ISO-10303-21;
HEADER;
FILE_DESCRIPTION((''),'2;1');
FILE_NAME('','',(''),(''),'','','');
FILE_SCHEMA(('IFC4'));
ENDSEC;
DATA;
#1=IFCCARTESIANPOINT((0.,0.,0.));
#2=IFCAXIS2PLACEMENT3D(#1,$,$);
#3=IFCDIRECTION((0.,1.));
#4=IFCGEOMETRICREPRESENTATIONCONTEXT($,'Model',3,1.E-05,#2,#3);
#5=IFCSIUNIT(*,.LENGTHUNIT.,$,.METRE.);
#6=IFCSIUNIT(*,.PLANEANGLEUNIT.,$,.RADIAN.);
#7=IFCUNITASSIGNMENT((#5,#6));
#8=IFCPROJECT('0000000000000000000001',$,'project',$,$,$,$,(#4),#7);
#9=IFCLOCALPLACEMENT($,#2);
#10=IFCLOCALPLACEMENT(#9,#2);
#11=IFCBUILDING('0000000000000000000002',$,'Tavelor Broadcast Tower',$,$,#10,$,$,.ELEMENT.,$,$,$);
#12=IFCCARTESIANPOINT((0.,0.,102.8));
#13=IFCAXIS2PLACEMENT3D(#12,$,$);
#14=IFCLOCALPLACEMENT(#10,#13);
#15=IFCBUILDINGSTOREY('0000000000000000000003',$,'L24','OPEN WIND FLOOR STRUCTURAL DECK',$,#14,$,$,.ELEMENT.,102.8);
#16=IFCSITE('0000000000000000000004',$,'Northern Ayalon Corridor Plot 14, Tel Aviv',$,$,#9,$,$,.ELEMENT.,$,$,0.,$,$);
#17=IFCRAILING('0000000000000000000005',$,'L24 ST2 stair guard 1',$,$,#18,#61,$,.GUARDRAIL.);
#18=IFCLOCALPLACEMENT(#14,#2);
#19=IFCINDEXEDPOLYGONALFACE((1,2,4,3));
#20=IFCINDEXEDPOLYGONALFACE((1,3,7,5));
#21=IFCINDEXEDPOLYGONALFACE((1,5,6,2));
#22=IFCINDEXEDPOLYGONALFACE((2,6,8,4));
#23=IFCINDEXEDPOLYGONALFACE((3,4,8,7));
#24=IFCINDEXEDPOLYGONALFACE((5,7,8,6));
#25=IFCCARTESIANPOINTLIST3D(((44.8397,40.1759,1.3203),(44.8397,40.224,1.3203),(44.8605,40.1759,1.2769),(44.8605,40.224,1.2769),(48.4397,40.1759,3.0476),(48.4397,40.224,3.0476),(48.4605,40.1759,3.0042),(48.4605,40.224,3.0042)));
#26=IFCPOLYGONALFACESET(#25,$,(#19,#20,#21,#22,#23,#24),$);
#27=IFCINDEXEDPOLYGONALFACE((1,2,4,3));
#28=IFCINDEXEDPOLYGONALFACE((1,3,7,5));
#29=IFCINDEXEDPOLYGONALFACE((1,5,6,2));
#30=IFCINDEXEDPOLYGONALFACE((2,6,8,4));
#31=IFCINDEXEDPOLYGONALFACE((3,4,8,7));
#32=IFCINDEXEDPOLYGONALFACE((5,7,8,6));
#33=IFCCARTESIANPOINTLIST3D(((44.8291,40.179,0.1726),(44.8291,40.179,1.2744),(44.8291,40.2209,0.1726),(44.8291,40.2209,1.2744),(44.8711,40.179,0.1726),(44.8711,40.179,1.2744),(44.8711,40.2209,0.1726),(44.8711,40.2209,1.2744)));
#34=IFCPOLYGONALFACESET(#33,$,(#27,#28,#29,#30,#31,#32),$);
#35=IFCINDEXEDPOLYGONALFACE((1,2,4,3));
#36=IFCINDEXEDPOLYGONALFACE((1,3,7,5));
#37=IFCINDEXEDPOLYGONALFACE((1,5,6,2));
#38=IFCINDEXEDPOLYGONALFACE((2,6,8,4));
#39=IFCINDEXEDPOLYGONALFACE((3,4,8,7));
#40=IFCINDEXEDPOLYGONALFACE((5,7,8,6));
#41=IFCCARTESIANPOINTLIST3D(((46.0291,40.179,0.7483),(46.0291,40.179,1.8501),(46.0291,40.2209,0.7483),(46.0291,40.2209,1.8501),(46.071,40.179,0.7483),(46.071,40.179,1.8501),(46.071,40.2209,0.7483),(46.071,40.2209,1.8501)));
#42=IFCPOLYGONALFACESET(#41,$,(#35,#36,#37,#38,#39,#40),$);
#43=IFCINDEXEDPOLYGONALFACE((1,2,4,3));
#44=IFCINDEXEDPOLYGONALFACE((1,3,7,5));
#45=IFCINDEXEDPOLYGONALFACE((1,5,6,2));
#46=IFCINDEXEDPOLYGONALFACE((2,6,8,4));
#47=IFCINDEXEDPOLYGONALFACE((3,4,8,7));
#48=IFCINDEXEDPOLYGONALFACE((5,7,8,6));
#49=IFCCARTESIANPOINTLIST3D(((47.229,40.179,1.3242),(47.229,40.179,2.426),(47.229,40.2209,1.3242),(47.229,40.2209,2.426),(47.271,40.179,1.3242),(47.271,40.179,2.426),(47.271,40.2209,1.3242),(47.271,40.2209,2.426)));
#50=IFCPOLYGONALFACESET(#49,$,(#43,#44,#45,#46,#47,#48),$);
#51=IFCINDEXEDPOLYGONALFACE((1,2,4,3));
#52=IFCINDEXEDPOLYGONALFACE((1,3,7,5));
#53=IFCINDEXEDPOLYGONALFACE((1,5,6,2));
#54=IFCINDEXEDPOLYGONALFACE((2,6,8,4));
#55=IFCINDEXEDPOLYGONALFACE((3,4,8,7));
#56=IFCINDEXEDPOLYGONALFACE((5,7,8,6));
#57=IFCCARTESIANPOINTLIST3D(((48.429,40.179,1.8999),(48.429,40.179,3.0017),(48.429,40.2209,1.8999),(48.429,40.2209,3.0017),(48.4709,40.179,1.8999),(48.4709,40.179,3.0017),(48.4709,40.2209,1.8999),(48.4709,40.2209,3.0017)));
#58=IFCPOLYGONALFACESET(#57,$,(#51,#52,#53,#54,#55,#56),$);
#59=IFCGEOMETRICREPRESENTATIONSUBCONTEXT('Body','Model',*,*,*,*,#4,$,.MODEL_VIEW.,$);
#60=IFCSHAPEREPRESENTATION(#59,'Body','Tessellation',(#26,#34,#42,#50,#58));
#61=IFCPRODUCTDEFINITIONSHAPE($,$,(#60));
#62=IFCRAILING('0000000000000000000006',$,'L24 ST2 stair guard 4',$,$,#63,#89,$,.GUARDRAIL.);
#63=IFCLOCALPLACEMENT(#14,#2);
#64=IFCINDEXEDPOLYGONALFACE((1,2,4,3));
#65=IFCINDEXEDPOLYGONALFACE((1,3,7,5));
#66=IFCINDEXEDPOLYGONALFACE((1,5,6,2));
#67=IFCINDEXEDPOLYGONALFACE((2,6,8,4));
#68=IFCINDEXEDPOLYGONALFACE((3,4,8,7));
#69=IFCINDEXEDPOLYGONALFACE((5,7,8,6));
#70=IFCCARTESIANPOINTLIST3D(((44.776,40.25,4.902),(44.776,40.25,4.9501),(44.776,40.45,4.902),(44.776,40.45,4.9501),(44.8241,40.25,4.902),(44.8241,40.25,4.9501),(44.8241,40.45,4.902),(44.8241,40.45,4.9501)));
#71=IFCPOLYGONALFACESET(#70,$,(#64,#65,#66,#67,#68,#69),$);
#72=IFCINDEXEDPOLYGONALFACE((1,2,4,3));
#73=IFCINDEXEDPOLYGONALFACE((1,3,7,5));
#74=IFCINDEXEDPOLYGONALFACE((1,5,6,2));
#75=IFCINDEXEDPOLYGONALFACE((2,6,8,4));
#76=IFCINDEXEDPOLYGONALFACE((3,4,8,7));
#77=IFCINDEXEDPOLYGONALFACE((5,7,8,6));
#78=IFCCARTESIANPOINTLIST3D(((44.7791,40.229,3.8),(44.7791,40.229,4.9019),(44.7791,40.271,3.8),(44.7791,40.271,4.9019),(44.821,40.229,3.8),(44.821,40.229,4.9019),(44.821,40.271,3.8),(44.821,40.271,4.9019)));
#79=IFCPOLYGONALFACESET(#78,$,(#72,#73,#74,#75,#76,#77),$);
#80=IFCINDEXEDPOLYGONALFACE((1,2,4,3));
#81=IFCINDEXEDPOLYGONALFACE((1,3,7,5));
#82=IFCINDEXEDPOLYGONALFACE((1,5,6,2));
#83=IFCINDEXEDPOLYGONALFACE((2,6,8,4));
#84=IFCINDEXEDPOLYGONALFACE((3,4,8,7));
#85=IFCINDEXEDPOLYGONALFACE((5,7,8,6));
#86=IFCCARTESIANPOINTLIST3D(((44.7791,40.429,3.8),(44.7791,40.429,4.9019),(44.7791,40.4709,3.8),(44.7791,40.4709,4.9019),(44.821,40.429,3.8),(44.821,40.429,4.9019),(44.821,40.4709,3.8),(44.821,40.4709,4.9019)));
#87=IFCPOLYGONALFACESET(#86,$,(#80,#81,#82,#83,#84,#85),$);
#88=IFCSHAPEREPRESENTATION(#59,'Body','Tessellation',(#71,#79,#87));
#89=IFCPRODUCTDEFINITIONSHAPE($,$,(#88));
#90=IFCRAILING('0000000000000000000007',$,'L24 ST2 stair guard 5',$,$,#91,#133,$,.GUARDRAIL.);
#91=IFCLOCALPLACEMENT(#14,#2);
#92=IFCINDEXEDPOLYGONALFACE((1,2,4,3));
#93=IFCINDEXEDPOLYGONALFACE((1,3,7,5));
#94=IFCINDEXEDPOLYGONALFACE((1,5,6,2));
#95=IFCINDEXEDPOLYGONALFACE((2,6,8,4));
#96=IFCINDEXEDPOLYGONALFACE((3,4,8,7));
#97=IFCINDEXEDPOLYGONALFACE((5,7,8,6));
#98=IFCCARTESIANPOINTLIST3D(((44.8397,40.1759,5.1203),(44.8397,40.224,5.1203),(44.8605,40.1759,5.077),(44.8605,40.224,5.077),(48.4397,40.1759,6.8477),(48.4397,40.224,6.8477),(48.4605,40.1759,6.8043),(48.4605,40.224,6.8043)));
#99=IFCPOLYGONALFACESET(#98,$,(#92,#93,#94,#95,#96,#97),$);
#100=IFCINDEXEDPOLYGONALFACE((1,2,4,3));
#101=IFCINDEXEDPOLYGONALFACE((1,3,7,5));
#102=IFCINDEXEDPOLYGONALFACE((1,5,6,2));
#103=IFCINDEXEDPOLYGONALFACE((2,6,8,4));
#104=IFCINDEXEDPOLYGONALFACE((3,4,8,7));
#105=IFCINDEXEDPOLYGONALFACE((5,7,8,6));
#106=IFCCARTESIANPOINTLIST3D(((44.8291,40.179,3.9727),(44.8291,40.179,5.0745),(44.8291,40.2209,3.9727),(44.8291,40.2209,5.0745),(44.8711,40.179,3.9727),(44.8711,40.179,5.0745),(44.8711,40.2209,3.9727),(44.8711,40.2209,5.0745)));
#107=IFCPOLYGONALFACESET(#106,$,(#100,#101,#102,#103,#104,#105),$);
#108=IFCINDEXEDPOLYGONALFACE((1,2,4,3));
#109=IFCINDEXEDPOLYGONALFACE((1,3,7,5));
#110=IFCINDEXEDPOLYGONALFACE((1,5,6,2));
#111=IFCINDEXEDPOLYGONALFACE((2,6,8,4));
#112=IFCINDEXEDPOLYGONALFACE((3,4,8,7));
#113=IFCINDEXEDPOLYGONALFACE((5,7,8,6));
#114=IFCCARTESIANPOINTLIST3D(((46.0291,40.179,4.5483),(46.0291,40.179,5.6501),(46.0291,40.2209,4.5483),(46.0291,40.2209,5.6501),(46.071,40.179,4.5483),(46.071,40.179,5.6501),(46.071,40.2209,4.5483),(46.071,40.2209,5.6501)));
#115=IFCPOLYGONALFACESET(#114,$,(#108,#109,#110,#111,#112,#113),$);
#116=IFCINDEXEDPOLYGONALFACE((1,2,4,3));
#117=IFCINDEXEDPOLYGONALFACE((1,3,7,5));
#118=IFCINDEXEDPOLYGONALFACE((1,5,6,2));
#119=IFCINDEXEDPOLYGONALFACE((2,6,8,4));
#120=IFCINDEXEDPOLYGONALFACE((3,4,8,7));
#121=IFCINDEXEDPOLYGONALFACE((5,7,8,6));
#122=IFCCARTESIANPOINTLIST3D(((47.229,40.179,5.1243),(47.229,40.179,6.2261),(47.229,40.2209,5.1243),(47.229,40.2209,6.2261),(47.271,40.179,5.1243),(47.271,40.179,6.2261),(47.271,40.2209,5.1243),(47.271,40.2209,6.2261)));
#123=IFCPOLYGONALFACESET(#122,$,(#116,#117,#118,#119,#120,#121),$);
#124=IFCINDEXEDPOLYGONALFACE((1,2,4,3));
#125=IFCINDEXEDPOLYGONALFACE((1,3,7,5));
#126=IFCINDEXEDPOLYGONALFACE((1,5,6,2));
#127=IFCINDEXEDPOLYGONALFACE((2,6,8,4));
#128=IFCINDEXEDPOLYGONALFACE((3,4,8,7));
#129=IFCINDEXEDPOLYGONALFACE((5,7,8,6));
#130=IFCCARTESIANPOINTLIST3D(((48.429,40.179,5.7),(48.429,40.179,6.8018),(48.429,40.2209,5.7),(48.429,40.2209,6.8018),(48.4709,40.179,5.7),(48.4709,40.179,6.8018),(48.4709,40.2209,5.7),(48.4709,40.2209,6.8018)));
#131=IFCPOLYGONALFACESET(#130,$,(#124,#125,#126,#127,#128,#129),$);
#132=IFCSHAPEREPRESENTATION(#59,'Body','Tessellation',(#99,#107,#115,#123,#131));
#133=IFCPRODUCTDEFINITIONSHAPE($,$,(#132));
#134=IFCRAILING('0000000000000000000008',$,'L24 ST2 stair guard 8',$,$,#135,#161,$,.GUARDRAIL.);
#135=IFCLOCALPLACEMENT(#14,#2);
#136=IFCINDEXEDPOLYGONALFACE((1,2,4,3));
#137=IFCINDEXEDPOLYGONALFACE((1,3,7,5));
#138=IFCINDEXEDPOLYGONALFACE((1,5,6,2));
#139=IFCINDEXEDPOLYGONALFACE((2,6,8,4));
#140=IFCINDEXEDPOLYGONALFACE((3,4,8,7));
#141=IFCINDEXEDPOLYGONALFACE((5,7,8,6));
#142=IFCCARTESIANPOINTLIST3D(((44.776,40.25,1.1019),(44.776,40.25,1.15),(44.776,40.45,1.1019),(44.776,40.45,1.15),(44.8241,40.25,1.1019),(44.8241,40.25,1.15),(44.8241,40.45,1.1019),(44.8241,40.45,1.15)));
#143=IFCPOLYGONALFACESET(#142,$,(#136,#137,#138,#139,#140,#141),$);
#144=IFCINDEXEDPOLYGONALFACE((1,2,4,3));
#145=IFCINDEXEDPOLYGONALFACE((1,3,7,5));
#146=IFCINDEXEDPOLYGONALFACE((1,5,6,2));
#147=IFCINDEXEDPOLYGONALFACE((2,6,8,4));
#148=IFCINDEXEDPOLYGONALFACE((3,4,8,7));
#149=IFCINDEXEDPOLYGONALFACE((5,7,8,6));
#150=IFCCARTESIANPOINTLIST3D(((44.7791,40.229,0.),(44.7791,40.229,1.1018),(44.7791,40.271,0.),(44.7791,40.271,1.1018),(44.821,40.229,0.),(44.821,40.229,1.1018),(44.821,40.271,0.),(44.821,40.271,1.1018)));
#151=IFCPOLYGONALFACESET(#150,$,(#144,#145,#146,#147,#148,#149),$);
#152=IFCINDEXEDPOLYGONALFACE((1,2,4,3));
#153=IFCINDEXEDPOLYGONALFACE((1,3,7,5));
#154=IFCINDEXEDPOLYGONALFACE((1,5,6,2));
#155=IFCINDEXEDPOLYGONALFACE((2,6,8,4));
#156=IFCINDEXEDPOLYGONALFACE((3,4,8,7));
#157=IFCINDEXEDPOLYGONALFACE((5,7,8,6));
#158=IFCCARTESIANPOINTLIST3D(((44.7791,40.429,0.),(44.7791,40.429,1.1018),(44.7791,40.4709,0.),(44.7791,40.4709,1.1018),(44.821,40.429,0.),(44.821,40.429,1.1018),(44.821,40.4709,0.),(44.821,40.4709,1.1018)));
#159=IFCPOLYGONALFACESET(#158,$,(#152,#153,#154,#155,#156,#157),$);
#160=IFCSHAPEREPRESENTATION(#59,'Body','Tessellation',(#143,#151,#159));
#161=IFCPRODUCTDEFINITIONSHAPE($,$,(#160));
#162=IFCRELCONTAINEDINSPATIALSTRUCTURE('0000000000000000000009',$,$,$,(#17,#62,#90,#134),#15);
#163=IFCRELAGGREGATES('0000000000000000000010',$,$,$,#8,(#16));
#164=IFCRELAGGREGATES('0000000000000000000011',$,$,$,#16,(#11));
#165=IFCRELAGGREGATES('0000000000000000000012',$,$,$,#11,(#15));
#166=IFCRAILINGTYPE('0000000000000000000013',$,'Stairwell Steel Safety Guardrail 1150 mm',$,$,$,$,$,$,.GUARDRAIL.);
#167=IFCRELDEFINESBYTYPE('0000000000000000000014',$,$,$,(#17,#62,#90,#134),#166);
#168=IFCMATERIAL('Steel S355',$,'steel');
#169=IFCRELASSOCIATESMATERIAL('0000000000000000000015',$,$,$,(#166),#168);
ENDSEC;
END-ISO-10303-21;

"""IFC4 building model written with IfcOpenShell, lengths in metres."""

from ifc_helpers import new_model, si_unit, direction, frame, origin, origin_2d, place, context, subcontext, project, spatial, rectangle, extrude, material, type_object, element, save


model = new_model("IFC4")

# Units and contexts
model_context = context("Model", 3, precision=1e-05, world=origin(), true_north=direction((0.0, 1.0)))
body_context = subcontext(model_context, "Body", "Model", "MODEL_VIEW")
ifc_project = project(units=[si_unit("LENGTHUNIT", "METRE"), si_unit("PLANEANGLEUNIT", "RADIAN")], contexts=[model_context])

# Site, building, storey
site_placement = place(None, origin())
site = spatial("IfcSite", under=ifc_project, at=site_placement, Name="Northern Ayalon Corridor Plot 14, Tel Aviv", CompositionType="ELEMENT", RefElevation=0.0)
building_placement = place(site_placement, origin())
building = spatial("IfcBuilding", under=site, at=building_placement, Name="Tavelor Broadcast Tower", CompositionType="ELEMENT")
storey_placement = place(building_placement, frame((0.0, 0.0, 102.8)))
storey = spatial("IfcBuildingStorey", under=building, at=storey_placement, Name="L24", Description="OPEN WIND FLOOR STRUCTURAL DECK", CompositionType="ELEMENT", Elevation=102.8)

# Shared definitions
ifc_material_1 = material(Name="Steel S355", Category="steel")

# Railings
railing_type_1 = type_object("IfcRailingType", Name="Stairwell Steel Safety Guardrail 1150 mm", PredefinedType="GUARDRAIL", material=ifc_material_1)
railing_1_placement = place(storey_placement, frame((44.8501, 40.2, 0.1726)))
element("IfcRailing", 1, at=railing_1_placement, inside=storey, type_object=railing_type_1, Name="L24 ST2 stair guard 1", PredefinedType="GUARDRAIL", context=body_context, shape_type="SweptSolid", body=[
    extrude(rectangle(XDim=0.0481, YDim=0.0481, at=origin_2d()), frame((0.0, 0.0, 1.126), z_axis=(0.901585, 0.0, 0.432602), x_axis=(0.0, 1.0, 0.0)), (0.0, 0.0, 1.0), 3.9929),
    extrude(rectangle(XDim=0.042, YDim=0.042, at=origin_2d()), origin(), (0.0, 0.0, 1.0), 1.1018),
    extrude(rectangle(XDim=0.042, YDim=0.042, at=origin_2d()), frame((1.2, 0.0, 0.5757)), (0.0, 0.0, 1.0), 1.1018),
    extrude(rectangle(XDim=0.042, YDim=0.042, at=origin_2d()), frame((2.3999, 0.0, 1.1516)), (0.0, 0.0, 1.0), 1.1018),
    extrude(rectangle(XDim=0.042, YDim=0.042, at=origin_2d()), frame((3.5999, 0.0, 1.7273)), (0.0, 0.0, 1.0), 1.1018),
])
railing_2_placement = place(storey_placement, frame((44.8, 40.25, 3.8)))
element("IfcRailing", 2, at=railing_2_placement, inside=storey, type_object=railing_type_1, Name="L24 ST2 stair guard 4", PredefinedType="GUARDRAIL", context=body_context, shape_type="SweptSolid", body=[
    extrude(rectangle(XDim=0.0481, YDim=0.0481, at=origin_2d()), frame((0.0, 0.0, 1.126), z_axis=(0.0, 1.0, 0.0), x_axis=(-1.0, 0.0, 0.0)), (0.0, 0.0, 1.0), 0.2),
    extrude(rectangle(XDim=0.042, YDim=0.042, at=origin_2d()), origin(), (0.0, 0.0, 1.0), 1.1018),
    extrude(rectangle(XDim=0.042, YDim=0.042, at=origin_2d()), frame((0.0, 0.2, 0.0)), (0.0, 0.0, 1.0), 1.1018),
])
railing_3_placement = place(storey_placement, frame((44.8501, 40.2, 3.9727)))
element("IfcRailing", 3, at=railing_3_placement, inside=storey, type_object=railing_type_1, Name="L24 ST2 stair guard 5", PredefinedType="GUARDRAIL", context=body_context, shape_type="SweptSolid", body=[
    extrude(rectangle(XDim=0.0481, YDim=0.0481, at=origin_2d()), frame((0.0, 0.0, 1.126), z_axis=(0.901585, 0.0, 0.432602), x_axis=(0.0, 1.0, 0.0)), (0.0, 0.0, 1.0), 3.9929),
    extrude(rectangle(XDim=0.042, YDim=0.042, at=origin_2d()), origin(), (0.0, 0.0, 1.0), 1.1018),
    extrude(rectangle(XDim=0.042, YDim=0.042, at=origin_2d()), frame((1.2, 0.0, 0.5757)), (0.0, 0.0, 1.0), 1.1018),
    extrude(rectangle(XDim=0.042, YDim=0.042, at=origin_2d()), frame((2.3999, 0.0, 1.1516)), (0.0, 0.0, 1.0), 1.1018),
    extrude(rectangle(XDim=0.042, YDim=0.042, at=origin_2d()), frame((3.5999, 0.0, 1.7273)), (0.0, 0.0, 1.0), 1.1018),
])
railing_4_placement = place(storey_placement, frame((44.8, 40.25, 0.0)))
element("IfcRailing", 4, at=railing_4_placement, inside=storey, type_object=railing_type_1, Name="L24 ST2 stair guard 8", PredefinedType="GUARDRAIL", context=body_context, shape_type="SweptSolid", body=[
    extrude(rectangle(XDim=0.0481, YDim=0.0481, at=origin_2d()), frame((0.0, 0.0, 1.126), z_axis=(0.0, 1.0, 0.0), x_axis=(-1.0, 0.0, 0.0)), (0.0, 0.0, 1.0), 0.2),
    extrude(rectangle(XDim=0.042, YDim=0.042, at=origin_2d()), origin(), (0.0, 0.0, 1.0), 1.1018),
    extrude(rectangle(XDim=0.042, YDim=0.042, at=origin_2d()), frame((0.0, 0.2, 0.0)), (0.0, 0.0, 1.0), 1.1018),
])

save(model, "model.ifc")
